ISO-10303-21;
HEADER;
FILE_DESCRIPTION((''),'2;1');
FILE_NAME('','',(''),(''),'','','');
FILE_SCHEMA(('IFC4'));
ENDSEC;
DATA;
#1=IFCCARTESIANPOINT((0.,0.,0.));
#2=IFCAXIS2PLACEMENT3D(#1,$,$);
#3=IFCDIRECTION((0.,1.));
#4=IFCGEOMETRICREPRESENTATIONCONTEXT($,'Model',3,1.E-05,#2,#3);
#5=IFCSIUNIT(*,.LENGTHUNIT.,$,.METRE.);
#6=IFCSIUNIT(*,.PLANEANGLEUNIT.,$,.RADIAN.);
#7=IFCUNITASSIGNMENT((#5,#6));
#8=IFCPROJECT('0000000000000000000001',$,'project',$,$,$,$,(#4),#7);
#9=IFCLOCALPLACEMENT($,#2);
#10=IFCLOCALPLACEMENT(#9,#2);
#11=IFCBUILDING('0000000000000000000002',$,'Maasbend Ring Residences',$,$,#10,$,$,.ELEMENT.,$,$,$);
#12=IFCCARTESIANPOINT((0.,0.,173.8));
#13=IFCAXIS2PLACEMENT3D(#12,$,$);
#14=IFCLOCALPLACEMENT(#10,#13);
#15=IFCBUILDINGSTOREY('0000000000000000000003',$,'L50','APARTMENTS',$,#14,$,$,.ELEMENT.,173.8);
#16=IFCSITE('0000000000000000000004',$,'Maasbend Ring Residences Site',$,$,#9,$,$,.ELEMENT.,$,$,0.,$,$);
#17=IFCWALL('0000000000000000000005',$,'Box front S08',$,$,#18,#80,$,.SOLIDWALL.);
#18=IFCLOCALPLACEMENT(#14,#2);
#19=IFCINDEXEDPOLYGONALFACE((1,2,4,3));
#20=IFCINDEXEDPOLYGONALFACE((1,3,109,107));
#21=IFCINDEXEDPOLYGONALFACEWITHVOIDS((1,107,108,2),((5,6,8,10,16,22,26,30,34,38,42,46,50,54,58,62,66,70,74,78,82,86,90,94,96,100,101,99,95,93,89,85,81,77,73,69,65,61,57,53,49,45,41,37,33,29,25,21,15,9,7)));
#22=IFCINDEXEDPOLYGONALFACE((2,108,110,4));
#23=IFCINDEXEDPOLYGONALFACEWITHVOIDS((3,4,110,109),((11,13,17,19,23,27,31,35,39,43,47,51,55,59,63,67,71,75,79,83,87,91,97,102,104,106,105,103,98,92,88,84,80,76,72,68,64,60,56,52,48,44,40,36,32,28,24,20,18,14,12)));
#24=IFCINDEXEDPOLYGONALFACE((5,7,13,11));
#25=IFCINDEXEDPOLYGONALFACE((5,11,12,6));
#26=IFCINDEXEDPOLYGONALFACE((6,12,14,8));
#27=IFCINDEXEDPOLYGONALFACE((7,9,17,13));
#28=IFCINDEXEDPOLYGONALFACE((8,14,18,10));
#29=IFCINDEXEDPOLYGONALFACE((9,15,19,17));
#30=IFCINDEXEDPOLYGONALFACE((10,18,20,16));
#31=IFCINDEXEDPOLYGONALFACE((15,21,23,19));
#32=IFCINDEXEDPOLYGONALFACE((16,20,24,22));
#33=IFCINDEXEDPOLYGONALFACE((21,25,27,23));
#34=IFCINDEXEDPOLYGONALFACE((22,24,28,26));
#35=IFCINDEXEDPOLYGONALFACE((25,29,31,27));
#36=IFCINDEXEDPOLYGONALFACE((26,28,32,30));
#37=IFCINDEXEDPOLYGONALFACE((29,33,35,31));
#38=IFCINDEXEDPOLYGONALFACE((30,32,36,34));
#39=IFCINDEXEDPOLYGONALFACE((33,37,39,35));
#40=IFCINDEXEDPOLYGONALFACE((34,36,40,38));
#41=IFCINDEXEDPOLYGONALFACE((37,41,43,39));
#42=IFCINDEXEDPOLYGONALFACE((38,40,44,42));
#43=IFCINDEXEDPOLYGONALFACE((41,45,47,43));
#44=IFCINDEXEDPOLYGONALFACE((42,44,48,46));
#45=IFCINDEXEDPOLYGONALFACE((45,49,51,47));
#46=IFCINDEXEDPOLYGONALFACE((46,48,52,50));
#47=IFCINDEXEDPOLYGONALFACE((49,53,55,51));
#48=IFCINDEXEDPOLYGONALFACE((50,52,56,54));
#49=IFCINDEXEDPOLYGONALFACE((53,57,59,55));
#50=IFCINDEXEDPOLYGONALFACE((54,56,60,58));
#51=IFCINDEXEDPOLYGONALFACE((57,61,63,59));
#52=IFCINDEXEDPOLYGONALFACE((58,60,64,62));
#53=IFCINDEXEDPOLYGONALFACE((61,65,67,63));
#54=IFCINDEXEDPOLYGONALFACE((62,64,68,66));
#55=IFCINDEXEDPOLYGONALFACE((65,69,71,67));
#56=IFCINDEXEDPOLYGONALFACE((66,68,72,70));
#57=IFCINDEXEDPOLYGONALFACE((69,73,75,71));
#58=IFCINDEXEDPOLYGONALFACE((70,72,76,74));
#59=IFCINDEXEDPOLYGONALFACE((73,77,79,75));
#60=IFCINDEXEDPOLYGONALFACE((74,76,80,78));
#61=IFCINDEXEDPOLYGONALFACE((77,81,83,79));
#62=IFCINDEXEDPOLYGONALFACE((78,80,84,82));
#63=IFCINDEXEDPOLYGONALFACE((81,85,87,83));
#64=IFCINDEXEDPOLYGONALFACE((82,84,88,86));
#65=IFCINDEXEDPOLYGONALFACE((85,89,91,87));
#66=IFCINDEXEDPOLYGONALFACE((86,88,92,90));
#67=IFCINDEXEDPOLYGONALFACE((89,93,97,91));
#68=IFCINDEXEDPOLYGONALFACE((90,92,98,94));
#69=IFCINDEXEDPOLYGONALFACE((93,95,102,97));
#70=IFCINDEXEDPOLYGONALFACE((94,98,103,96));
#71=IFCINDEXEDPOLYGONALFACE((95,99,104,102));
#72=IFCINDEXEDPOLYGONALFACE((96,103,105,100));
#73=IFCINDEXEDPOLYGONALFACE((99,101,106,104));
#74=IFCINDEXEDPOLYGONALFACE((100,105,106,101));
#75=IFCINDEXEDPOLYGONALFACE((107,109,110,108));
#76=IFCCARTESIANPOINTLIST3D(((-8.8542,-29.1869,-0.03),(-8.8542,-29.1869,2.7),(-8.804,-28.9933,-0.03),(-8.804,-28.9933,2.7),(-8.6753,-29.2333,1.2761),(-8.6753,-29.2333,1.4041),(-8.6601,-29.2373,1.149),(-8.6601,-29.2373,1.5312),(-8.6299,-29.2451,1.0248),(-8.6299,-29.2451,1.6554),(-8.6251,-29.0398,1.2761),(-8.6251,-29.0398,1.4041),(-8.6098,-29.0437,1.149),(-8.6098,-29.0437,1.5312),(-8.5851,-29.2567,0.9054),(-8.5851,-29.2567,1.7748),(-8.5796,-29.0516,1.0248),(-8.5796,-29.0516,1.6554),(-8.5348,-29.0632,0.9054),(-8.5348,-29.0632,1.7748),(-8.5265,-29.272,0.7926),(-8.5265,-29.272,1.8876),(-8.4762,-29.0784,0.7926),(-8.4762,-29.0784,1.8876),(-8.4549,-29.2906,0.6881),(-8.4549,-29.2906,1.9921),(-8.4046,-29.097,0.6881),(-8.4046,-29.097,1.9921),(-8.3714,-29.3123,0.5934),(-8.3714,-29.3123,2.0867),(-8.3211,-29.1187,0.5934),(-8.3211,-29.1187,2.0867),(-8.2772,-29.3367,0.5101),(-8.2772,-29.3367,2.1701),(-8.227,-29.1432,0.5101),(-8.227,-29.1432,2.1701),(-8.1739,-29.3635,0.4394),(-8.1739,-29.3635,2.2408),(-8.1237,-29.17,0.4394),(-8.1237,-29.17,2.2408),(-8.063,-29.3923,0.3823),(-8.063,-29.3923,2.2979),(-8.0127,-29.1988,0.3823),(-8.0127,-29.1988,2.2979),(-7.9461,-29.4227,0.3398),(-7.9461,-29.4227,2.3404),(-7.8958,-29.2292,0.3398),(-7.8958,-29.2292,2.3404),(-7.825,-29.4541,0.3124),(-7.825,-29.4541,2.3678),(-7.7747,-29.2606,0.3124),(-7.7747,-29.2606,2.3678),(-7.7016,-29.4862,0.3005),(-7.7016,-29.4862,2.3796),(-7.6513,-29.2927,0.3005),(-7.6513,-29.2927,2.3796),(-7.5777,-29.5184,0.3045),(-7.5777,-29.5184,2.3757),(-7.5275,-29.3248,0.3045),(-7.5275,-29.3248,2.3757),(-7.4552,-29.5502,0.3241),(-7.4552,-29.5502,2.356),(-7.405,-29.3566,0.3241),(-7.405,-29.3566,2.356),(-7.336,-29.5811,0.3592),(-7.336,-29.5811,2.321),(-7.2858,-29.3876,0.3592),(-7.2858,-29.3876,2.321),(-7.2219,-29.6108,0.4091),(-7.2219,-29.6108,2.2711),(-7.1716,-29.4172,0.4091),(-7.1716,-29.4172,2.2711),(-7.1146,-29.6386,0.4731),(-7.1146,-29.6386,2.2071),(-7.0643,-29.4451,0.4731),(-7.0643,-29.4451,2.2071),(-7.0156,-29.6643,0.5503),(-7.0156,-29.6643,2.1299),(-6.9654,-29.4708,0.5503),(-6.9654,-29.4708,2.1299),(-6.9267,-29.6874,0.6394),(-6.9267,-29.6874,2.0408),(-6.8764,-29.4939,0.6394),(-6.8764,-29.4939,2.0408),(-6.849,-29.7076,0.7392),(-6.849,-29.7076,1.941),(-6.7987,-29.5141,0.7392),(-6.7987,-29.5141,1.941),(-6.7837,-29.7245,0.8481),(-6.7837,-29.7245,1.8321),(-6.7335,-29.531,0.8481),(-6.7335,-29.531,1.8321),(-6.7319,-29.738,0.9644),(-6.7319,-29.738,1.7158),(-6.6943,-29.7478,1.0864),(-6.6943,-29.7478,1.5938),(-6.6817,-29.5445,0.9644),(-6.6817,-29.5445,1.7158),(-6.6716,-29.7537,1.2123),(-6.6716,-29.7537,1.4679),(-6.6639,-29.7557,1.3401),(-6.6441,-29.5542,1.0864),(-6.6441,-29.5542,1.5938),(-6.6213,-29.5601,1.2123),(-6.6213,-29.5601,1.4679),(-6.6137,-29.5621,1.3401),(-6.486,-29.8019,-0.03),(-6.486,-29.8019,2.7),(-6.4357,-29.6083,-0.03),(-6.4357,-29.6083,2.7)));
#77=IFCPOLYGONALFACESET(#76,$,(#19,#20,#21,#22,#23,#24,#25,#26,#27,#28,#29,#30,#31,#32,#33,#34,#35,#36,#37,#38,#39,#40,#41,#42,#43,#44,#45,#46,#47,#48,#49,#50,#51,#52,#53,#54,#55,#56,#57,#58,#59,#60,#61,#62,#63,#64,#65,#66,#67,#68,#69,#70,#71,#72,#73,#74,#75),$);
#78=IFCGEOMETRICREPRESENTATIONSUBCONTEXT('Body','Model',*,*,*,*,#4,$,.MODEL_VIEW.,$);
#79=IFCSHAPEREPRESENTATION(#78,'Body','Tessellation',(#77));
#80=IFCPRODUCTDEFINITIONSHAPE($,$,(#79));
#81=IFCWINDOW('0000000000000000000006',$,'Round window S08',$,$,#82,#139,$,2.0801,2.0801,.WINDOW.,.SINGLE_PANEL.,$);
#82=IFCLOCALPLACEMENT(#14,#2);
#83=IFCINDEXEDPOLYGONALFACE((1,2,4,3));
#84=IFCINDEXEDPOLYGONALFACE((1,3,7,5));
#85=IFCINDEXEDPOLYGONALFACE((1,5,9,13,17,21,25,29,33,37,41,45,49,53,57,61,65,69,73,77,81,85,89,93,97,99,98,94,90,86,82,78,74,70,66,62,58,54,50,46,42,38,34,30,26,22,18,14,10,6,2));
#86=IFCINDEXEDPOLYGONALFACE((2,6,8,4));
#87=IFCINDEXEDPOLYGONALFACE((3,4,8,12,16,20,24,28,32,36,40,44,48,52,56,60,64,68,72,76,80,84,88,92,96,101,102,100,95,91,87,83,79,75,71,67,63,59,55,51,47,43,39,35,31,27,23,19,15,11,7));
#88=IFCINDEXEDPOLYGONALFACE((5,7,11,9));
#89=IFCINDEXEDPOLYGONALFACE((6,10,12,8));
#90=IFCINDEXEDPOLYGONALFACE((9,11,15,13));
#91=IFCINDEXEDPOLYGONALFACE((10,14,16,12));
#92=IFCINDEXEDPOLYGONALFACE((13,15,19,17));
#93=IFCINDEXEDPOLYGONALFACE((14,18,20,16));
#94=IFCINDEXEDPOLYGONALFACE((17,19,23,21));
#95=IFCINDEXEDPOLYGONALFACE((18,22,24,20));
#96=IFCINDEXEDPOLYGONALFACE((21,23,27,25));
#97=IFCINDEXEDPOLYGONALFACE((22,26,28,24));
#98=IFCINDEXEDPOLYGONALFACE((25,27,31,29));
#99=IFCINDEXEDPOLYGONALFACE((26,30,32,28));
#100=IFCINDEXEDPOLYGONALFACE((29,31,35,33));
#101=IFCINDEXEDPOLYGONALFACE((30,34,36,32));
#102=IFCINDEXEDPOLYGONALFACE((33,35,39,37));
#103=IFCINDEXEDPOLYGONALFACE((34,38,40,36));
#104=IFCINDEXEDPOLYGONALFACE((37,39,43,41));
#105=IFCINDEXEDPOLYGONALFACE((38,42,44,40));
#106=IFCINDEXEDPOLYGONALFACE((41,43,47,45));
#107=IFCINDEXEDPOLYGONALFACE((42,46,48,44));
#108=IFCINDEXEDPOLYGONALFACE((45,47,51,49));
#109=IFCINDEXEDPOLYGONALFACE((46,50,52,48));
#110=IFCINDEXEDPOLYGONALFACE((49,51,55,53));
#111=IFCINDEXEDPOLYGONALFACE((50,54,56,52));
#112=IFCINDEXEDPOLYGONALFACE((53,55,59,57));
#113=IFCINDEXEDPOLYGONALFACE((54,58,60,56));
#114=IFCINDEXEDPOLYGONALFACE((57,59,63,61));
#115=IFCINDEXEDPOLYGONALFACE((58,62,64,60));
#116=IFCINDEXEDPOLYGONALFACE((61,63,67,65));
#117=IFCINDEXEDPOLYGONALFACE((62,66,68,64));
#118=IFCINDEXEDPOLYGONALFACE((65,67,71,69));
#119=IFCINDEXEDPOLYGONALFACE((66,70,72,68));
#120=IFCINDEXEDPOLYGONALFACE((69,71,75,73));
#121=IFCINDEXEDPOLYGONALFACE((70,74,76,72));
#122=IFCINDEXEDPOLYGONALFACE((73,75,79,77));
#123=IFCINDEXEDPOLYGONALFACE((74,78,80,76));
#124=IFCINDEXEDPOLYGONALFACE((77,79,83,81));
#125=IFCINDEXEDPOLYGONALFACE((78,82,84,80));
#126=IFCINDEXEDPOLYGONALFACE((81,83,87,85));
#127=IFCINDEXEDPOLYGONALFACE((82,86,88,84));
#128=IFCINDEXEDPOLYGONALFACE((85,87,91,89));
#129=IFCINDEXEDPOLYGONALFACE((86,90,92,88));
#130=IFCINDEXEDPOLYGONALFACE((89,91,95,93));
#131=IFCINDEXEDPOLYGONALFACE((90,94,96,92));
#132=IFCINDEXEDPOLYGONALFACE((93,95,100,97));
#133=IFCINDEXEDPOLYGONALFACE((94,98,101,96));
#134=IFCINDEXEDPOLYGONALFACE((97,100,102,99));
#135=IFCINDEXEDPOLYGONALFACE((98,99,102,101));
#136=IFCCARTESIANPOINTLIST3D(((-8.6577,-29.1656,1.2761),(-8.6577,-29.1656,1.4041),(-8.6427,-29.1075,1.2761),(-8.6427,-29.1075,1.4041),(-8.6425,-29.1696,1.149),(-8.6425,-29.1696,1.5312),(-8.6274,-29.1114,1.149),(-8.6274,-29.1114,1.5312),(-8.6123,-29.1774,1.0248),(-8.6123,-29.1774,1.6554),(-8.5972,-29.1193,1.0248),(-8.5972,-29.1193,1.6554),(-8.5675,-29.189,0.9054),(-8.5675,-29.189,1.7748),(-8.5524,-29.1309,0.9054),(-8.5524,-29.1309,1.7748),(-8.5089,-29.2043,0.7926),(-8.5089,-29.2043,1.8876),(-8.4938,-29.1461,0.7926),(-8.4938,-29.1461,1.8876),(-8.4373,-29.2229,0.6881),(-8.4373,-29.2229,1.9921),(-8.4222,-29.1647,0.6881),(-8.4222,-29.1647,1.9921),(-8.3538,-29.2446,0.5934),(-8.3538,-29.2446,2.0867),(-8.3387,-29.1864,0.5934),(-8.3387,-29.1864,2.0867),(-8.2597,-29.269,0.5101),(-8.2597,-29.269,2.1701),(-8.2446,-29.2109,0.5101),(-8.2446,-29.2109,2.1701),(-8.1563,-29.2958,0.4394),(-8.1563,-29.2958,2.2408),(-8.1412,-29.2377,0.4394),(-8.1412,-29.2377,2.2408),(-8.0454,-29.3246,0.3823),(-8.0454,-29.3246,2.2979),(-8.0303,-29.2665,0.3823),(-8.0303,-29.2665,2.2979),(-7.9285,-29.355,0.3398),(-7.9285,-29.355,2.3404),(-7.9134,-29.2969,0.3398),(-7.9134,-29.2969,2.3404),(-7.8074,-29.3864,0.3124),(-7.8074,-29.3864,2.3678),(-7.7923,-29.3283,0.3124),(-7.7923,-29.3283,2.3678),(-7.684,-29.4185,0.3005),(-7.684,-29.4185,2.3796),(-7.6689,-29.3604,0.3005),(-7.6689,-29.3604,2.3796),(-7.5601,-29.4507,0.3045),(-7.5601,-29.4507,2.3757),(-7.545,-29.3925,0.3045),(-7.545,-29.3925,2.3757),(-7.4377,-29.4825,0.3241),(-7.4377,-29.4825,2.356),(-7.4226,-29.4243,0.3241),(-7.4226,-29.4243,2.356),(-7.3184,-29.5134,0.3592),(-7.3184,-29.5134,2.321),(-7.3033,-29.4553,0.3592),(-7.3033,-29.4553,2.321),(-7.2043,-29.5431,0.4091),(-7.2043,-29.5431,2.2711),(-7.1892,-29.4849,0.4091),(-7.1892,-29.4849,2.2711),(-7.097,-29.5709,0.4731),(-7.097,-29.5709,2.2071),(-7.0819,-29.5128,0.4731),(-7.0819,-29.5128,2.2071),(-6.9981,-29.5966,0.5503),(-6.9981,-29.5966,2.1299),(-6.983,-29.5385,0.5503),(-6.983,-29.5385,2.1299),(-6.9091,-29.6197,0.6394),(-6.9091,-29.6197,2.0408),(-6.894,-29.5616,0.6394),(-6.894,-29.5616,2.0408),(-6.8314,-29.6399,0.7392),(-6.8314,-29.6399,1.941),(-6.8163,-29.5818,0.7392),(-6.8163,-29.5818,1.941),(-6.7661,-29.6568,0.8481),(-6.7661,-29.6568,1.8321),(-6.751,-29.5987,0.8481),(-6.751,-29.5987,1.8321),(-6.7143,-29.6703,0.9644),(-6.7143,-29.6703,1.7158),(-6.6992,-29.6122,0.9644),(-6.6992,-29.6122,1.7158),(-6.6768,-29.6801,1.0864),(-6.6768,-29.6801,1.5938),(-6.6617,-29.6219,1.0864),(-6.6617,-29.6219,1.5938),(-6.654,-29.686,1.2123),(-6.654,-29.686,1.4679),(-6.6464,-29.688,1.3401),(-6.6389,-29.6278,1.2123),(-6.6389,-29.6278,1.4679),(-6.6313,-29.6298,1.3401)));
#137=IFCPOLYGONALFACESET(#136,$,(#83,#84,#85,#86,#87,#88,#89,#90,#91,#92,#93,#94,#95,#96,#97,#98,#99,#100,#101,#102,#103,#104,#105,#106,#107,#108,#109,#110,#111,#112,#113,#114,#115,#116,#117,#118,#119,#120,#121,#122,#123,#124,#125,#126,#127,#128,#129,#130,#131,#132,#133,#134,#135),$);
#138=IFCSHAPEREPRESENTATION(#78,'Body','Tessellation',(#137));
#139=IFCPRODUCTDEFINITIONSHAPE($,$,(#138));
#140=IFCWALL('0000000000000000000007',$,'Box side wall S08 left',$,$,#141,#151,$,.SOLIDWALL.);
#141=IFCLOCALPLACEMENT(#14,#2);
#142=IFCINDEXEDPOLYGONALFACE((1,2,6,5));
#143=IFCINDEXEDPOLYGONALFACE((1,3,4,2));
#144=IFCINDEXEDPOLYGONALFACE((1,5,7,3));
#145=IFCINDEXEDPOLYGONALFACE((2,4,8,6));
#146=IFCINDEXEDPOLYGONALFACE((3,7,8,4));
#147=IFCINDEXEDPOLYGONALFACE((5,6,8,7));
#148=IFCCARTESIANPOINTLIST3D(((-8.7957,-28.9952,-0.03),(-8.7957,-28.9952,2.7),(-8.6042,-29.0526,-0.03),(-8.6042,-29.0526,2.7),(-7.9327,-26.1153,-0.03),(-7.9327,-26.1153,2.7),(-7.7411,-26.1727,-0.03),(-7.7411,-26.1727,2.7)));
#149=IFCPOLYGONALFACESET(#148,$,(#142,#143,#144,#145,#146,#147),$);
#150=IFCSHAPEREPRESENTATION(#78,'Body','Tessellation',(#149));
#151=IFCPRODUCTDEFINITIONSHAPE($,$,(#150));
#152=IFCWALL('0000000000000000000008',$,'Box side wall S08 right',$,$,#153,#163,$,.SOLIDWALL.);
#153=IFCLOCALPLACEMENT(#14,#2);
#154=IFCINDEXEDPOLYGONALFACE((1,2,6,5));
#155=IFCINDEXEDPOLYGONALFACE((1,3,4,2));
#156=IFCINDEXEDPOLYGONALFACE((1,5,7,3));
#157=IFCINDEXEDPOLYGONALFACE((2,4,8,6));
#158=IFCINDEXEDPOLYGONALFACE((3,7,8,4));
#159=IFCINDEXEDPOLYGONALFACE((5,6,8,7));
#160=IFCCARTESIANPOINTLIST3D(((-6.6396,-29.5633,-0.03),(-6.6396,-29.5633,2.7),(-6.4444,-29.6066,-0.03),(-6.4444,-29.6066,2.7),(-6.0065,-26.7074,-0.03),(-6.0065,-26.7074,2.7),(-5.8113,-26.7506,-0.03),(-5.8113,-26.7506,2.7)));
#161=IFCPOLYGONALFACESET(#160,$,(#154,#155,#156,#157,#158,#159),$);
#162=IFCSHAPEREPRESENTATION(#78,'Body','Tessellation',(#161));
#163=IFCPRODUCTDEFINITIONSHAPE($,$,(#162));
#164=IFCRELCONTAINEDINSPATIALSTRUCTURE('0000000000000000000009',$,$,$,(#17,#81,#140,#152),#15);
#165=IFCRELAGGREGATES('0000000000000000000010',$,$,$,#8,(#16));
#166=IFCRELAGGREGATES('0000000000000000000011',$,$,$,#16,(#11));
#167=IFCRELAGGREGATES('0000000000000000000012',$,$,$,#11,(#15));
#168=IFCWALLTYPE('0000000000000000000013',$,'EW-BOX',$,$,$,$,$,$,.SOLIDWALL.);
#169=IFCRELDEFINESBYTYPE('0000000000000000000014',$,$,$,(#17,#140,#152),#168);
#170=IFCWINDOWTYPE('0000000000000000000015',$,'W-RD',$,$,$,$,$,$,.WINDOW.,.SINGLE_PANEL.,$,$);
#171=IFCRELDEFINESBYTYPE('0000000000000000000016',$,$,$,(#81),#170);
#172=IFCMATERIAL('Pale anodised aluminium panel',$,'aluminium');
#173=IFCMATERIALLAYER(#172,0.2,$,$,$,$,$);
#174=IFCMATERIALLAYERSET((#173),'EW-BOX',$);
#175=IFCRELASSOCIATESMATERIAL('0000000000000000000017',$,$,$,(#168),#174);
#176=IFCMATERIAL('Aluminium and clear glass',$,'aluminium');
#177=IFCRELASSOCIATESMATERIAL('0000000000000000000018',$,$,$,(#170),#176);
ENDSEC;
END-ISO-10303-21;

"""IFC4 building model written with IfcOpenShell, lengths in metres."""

from ifc_helpers import new_model, si_unit, direction, frame, frame_2d, origin, place, context, subcontext, project, spatial, rectangle, circle, extrude, material, layer, layer_set, type_object, element, fill, save


model = new_model("IFC4")

# Units and contexts
model_context = context("Model", 3, precision=1e-05, world=origin(), true_north=direction((0.0, 1.0)))
body_context = subcontext(model_context, "Body", "Model", "MODEL_VIEW")
ifc_project = project(units=[si_unit("LENGTHUNIT", "METRE"), si_unit("PLANEANGLEUNIT", "RADIAN")], contexts=[model_context])

# Site, building, storey
site_placement = place(None, origin())
site = spatial("IfcSite", under=ifc_project, at=site_placement, Name="Maasbend Ring Residences Site", CompositionType="ELEMENT", RefElevation=0.0)
building_placement = place(site_placement, origin())
building = spatial("IfcBuilding", under=site, at=building_placement, Name="Maasbend Ring Residences", CompositionType="ELEMENT")
storey_placement = place(building_placement, frame((0.0, 0.0, 173.8)))
storey = spatial("IfcBuildingStorey", under=building, at=storey_placement, Name="L50", Description="APARTMENTS", CompositionType="ELEMENT", Elevation=173.8)

# Shared definitions
ifc_material_1 = material(Name="Pale anodised aluminium panel", Category="aluminium")
ifc_layer_1 = layer(ifc_material_1, 0.2)
ifc_layer_set_1 = layer_set([ifc_layer_1], Name="EW-BOX")
wall_type_1 = type_object("IfcWallType", Name="EW-BOX", PredefinedType="SOLIDWALL", material=ifc_layer_set_1)

# Wall, opening, window
wall_1_placement = place(storey_placement, frame((-8.8291, -29.0901, -0.03), z_axis=(0.0, 0.0, 1.0), x_axis=(0.967895, -0.251353, 0.0)))
wall_1 = element("IfcWall", 1, at=wall_1_placement, inside=storey, type_object=wall_type_1, Name="Box front S08", PredefinedType="SOLIDWALL", context=body_context, shape_type="SweptSolid", body=[
    extrude(rectangle(XDim=2.4468, YDim=0.2, at=frame_2d((1.2234, 0.0))), origin(), (0.0, 0.0, 1.0), 2.73),
])
opening_1_placement = place(wall_1_placement, frame((0.1829, 0.0, 0.3301)))
opening_1 = element("IfcOpeningElement", 2, at=opening_1_placement, cuts=wall_1, PredefinedType="OPENING", context=body_context, shape_type="SweptSolid", body=[
    extrude(circle(Radius=1.04, at=frame_2d((1.04, 1.04))), frame((0.0, 0.1099, 0.0), z_axis=(0.0, -1.0, 0.0), x_axis=(1.0, 0.0, 0.0)), (0.0, 0.0, 1.0), 0.22),
])
ifc_material_2 = material(Name="Aluminium and clear glass", Category="aluminium")
window_type_1 = type_object("IfcWindowType", Name="W-RD", PartitioningType="SINGLE_PANEL", PredefinedType="WINDOW", material=ifc_material_2)
window_1_placement = place(opening_1_placement, origin())
window_1 = element("IfcWindow", 3, at=window_1_placement, inside=storey, type_object=window_type_1, Name="Round window S08", OverallHeight=2.0801, OverallWidth=2.0801, PartitioningType="SINGLE_PANEL", PredefinedType="WINDOW", context=body_context, shape_type="SweptSolid", body=[
    extrude(circle(Radius=1.04, at=frame_2d((1.04, 1.04))), frame((0.0, 0.03, 0.0), z_axis=(0.0, -1.0, 0.0), x_axis=(1.0, 0.0, 0.0)), (0.0, 0.0, 1.0), 0.0601),
])
fill(opening_1, window_1)

# Walls
wall_2_placement = place(storey_placement, frame((-7.8369, -26.144, -0.03), z_axis=(0.0, 0.0, 1.0), x_axis=(-0.287065, -0.957911, 0.0)))
element("IfcWall", 4, at=wall_2_placement, inside=storey, type_object=wall_type_1, Name="Box side wall S08 left", PredefinedType="SOLIDWALL", context=body_context, shape_type="SweptSolid", body=[
    extrude(rectangle(XDim=3.0063, YDim=0.2, at=frame_2d((1.5032, 0.0))), origin(), (0.0, 0.0, 1.0), 2.73),
])
wall_3_placement = place(storey_placement, frame((-5.9089, -26.729, -0.03), z_axis=(0.0, 0.0, 1.0), x_axis=(-0.216409, -0.976303, 0.0)))
element("IfcWall", 5, at=wall_3_placement, inside=storey, type_object=wall_type_1, Name="Box side wall S08 right", PredefinedType="SOLIDWALL", context=body_context, shape_type="SweptSolid", body=[
    extrude(rectangle(XDim=2.9253, YDim=0.2, at=frame_2d((1.4626, 0.0))), origin(), (0.0, 0.0, 1.0), 2.73),
])

save(model, "model.ifc")
